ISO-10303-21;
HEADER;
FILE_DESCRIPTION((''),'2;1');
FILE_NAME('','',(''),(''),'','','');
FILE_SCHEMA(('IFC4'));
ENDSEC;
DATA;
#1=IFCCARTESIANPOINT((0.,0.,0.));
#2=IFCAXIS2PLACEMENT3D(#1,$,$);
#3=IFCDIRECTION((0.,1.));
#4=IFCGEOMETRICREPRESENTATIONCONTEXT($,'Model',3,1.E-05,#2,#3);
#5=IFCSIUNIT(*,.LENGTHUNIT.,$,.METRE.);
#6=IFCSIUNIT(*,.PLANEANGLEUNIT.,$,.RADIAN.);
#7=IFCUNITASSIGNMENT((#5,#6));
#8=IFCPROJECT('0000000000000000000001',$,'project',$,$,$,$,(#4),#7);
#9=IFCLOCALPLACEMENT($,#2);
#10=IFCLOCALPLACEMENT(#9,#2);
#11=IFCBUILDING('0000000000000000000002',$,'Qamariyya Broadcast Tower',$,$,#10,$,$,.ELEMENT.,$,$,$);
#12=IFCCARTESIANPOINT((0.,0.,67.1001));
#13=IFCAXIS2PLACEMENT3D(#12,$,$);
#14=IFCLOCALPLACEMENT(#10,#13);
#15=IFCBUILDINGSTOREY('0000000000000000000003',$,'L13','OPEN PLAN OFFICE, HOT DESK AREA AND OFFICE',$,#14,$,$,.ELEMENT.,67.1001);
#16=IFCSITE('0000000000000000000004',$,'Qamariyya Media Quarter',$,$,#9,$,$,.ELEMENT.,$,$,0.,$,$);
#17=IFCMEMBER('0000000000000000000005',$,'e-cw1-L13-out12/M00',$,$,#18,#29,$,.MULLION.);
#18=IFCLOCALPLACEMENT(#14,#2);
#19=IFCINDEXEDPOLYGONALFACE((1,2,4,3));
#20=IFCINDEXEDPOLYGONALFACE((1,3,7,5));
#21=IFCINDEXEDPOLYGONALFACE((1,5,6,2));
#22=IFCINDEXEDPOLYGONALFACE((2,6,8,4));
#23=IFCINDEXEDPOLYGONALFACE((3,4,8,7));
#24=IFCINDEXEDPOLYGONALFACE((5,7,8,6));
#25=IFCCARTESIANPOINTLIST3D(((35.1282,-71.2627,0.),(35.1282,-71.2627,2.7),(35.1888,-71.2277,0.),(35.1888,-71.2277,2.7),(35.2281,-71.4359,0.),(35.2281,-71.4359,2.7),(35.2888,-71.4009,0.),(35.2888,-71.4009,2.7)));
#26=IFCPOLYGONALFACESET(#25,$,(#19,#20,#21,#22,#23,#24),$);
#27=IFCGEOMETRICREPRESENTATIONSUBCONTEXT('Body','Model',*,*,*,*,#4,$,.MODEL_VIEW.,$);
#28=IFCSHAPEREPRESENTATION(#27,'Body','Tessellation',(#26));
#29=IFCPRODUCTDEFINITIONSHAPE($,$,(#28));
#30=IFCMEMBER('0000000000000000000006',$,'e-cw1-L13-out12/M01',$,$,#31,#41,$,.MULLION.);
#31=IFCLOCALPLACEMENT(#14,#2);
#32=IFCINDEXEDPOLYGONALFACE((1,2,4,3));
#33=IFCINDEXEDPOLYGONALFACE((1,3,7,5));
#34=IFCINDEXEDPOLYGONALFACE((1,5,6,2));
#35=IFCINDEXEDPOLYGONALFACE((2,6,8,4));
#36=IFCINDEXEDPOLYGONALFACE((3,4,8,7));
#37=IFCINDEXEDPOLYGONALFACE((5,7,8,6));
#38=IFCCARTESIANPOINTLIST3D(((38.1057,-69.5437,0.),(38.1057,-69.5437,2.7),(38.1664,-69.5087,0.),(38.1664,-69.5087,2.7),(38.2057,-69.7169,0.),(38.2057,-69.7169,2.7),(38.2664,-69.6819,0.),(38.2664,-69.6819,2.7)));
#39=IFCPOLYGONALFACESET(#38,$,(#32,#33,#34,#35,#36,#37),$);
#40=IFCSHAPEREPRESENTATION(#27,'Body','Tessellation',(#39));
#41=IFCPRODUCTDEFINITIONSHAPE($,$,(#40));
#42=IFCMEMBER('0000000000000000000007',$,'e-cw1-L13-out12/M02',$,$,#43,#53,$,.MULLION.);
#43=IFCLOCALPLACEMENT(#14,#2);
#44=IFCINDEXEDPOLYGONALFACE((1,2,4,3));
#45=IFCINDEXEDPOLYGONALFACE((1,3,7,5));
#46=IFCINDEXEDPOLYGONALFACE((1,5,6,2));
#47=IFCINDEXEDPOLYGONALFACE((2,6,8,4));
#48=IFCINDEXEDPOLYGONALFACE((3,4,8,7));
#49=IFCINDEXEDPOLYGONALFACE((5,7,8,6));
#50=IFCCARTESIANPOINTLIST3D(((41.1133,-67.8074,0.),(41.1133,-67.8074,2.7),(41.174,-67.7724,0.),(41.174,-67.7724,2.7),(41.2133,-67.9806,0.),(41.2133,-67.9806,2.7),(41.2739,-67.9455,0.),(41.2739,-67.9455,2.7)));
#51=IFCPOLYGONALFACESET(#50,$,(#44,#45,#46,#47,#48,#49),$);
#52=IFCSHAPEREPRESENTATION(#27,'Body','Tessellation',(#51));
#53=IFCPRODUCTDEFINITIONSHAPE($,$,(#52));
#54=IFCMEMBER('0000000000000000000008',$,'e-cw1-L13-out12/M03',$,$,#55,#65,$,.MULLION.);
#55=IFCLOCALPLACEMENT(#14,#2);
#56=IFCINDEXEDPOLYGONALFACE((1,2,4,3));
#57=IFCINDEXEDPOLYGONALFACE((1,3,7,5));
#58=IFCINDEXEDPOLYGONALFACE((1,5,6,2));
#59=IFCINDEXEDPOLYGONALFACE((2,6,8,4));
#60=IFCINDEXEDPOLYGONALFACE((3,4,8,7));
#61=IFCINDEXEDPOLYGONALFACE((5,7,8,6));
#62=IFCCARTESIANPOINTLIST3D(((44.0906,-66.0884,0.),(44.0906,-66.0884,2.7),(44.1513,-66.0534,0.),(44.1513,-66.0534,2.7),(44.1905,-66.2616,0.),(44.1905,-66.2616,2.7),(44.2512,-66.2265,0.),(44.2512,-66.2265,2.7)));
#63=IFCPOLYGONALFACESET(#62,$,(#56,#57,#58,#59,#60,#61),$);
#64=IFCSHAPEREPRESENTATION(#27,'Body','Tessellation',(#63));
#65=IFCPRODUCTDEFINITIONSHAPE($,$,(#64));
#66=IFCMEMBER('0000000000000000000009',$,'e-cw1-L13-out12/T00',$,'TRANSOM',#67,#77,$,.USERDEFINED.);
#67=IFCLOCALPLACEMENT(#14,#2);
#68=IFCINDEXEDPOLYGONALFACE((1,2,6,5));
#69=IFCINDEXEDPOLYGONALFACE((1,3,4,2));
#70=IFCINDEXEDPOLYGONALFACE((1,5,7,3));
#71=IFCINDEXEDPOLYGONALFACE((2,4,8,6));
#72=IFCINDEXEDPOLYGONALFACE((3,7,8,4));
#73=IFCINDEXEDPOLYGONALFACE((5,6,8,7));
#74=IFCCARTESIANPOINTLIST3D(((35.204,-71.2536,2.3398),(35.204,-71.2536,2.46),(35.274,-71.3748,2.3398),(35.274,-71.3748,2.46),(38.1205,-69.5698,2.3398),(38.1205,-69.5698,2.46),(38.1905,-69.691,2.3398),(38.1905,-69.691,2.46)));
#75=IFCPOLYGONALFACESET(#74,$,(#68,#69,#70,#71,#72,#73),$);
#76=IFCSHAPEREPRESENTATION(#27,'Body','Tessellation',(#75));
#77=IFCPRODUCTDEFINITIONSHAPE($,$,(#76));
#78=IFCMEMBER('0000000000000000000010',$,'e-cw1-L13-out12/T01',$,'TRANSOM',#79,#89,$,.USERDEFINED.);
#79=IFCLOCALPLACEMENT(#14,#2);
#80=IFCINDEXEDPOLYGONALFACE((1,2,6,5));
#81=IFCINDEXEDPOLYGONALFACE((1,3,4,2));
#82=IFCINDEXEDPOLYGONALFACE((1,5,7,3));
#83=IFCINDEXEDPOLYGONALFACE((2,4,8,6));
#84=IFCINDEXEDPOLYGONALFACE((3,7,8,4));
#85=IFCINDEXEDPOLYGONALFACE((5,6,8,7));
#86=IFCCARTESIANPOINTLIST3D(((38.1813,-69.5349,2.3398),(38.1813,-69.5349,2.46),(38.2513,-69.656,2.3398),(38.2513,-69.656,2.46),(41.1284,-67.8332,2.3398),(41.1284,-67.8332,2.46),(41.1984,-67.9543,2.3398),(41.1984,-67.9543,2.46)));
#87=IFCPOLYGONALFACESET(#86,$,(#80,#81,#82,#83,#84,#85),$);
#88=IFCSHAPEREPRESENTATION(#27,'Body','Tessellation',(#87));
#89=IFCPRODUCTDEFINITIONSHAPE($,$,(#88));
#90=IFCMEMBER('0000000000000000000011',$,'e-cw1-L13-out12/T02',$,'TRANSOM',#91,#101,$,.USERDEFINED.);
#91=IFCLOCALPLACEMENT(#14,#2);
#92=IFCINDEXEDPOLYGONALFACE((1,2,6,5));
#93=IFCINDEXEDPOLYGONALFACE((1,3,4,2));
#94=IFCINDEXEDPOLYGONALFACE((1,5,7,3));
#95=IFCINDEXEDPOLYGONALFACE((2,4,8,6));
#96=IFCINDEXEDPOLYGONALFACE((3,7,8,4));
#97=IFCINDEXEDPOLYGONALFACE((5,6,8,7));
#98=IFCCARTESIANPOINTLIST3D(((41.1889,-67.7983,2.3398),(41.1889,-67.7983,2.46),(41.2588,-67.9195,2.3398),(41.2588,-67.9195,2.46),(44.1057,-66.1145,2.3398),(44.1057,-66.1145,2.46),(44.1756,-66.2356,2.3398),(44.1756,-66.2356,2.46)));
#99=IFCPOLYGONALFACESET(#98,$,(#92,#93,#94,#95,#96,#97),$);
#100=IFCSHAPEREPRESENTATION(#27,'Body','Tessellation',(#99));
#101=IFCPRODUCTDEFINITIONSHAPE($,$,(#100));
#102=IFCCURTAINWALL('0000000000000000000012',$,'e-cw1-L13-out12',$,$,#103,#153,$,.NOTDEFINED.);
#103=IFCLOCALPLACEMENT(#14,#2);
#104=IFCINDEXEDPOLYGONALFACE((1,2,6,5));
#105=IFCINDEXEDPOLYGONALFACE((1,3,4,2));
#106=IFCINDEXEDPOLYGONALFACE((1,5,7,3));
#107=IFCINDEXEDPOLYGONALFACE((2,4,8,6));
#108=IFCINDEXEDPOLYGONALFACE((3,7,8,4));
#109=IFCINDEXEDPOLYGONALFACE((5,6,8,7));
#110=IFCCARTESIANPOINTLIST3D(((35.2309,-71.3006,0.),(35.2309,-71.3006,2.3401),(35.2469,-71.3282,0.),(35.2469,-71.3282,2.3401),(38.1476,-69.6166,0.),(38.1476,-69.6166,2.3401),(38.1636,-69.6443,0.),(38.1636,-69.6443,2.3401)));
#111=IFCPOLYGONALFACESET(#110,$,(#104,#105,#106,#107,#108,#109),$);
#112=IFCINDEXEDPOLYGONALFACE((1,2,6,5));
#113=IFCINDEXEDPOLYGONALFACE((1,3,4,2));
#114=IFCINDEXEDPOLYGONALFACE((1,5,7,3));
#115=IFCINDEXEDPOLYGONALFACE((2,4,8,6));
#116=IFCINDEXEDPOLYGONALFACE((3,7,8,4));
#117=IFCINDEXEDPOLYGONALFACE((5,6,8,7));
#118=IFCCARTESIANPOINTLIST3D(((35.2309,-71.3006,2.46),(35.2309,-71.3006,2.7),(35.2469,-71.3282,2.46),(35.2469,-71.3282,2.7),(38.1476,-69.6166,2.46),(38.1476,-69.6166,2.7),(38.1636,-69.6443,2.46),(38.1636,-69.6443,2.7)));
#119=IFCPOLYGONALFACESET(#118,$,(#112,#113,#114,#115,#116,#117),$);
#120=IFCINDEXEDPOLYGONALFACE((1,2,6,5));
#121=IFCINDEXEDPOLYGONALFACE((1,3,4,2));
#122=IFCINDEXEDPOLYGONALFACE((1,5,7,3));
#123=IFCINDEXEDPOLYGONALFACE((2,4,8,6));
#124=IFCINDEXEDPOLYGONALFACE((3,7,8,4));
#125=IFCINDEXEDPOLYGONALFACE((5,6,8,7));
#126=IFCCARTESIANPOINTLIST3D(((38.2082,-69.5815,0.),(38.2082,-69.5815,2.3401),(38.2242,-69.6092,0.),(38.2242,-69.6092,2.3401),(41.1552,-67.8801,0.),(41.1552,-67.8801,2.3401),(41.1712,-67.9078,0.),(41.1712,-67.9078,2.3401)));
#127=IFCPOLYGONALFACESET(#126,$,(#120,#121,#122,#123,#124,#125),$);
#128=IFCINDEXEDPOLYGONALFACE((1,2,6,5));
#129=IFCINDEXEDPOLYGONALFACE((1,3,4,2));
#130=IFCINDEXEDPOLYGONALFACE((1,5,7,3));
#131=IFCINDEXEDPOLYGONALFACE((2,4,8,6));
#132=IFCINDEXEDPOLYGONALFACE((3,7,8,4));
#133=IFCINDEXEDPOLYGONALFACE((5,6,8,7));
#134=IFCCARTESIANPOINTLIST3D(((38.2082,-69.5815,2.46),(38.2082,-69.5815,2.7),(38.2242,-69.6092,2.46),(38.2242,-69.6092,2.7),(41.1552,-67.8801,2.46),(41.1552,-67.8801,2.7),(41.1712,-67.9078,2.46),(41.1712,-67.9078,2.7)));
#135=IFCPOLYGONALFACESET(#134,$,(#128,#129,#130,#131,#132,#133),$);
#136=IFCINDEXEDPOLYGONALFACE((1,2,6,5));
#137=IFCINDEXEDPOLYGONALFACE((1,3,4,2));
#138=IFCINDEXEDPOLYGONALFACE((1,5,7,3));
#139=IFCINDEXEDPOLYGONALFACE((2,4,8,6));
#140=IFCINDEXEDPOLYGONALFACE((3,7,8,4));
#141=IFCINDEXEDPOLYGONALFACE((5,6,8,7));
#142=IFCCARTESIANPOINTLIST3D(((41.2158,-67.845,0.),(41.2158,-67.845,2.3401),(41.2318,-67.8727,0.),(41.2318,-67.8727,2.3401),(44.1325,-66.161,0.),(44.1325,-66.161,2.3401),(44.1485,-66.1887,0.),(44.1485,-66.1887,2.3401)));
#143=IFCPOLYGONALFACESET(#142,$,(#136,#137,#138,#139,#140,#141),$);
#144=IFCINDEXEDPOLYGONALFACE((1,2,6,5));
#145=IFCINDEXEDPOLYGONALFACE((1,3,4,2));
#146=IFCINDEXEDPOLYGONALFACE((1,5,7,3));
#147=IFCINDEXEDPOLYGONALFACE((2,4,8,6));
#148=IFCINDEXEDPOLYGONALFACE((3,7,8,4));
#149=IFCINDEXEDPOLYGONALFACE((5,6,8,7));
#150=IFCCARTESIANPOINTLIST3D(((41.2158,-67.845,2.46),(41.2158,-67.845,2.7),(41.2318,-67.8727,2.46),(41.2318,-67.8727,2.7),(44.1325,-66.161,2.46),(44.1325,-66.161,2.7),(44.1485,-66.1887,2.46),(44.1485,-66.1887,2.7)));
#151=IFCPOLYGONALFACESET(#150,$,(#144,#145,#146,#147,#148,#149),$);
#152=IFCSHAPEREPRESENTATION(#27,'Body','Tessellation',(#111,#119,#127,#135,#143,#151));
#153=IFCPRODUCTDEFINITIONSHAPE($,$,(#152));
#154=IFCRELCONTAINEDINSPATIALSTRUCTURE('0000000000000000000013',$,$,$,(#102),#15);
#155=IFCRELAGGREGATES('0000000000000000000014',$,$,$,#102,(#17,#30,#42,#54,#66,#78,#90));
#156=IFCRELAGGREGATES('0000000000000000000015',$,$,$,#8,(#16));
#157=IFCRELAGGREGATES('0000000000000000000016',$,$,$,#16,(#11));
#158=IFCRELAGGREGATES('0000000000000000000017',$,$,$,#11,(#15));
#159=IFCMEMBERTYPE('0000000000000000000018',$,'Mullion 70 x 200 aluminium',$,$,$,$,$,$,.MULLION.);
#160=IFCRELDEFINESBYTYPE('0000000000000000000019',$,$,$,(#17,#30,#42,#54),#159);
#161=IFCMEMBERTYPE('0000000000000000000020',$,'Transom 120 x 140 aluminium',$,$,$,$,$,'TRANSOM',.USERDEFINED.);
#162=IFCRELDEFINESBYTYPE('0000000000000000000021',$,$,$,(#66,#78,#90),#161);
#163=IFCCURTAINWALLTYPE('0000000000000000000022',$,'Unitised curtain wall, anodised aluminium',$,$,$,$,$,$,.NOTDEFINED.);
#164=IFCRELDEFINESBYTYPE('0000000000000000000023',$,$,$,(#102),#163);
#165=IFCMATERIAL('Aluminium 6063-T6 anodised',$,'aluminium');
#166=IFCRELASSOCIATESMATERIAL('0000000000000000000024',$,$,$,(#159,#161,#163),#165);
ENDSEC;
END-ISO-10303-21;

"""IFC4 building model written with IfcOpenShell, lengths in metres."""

from ifc_helpers import new_model, si_unit, direction, frame, origin, origin_2d, place, context, subcontext, project, spatial, rectangle, extrude, material, material_profile, profile_set, type_object, element, aggregate, save


model = new_model("IFC4")

# Units and contexts
model_context = context("Model", 3, precision=1e-05, world=origin(), true_north=direction((0.0, 1.0)))
body_context = subcontext(model_context, "Body", "Model", "MODEL_VIEW")
ifc_project = project(units=[si_unit("LENGTHUNIT", "METRE"), si_unit("PLANEANGLEUNIT", "RADIAN")], contexts=[model_context])

# Members
ifc_material = material(Name="Aluminium 6063-T6 anodised", Category="aluminium")
ifc_material_profile_1 = material_profile(ifc_material, rectangle(XDim=0.2, YDim=0.0701, at=origin_2d()))
ifc_profile_set_1 = profile_set([ifc_material_profile_1], Name="Aluminium 6063-T6 anodised")
member_type_1 = type_object("IfcMemberType", Name="Mullion 70 x 200 aluminium", PredefinedType="MULLION", material=ifc_profile_set_1)
site_placement = place(None, origin())
building_placement = place(site_placement, origin())
storey_placement = place(building_placement, frame((0.0, 0.0, 67.1001)))
member_1_placement = place(storey_placement, frame((35.2085, -71.3318, 0.0), z_axis=(0.0, 0.0, 1.0), x_axis=(-0.5, 0.866025, 0.0)))
member_1 = element("IfcMember", 1, at=member_1_placement, type_object=member_type_1, Name="e-cw1-L13-out12/M00", PredefinedType="MULLION", context=body_context, shape_type="SweptSolid", body=[
    extrude(rectangle(XDim=0.2, YDim=0.0701, at=origin_2d()), origin(), (0.0, 0.0, 1.0), 2.7),
])
member_2_placement = place(storey_placement, frame((38.186, -69.6128, 0.0), z_axis=(0.0, 0.0, 1.0), x_axis=(-0.5, 0.866025, 0.0)))
member_2 = element("IfcMember", 2, at=member_2_placement, type_object=member_type_1, Name="e-cw1-L13-out12/M01", PredefinedType="MULLION", context=body_context, shape_type="SweptSolid", body=[
    extrude(rectangle(XDim=0.2, YDim=0.0701, at=origin_2d()), origin(), (0.0, 0.0, 1.0), 2.7),
])
member_3_placement = place(storey_placement, frame((41.1936, -67.8765, 0.0), z_axis=(0.0, 0.0, 1.0), x_axis=(-0.5, 0.866025, 0.0)))
member_3 = element("IfcMember", 3, at=member_3_placement, type_object=member_type_1, Name="e-cw1-L13-out12/M02", PredefinedType="MULLION", context=body_context, shape_type="SweptSolid", body=[
    extrude(rectangle(XDim=0.2, YDim=0.0701, at=origin_2d()), origin(), (0.0, 0.0, 1.0), 2.7),
])
member_4_placement = place(storey_placement, frame((44.1709, -66.1575, 0.0), z_axis=(0.0, 0.0, 1.0), x_axis=(-0.5, 0.866025, 0.0)))
member_4 = element("IfcMember", 4, at=member_4_placement, type_object=member_type_1, Name="e-cw1-L13-out12/M03", PredefinedType="MULLION", context=body_context, shape_type="SweptSolid", body=[
    extrude(rectangle(XDim=0.2, YDim=0.0701, at=origin_2d()), origin(), (0.0, 0.0, 1.0), 2.7),
])
ifc_material_profile_2 = material_profile(ifc_material, rectangle(XDim=0.1399, YDim=0.1201, at=origin_2d()))
ifc_profile_set_2 = profile_set([ifc_material_profile_2], Name="Aluminium 6063-T6 anodised")
member_type_2 = type_object("IfcMemberType", Name="Transom 120 x 140 aluminium", ElementType="TRANSOM", PredefinedType="USERDEFINED", material=ifc_profile_set_2)
member_5_placement = place(storey_placement, frame((35.239, -71.3142, 2.3999), z_axis=(0.866026, 0.499999, 0.0), x_axis=(-0.499999, 0.866026, 0.0)))
member_5 = element("IfcMember", 5, at=member_5_placement, type_object=member_type_2, Name="e-cw1-L13-out12/T00", ObjectType="TRANSOM", PredefinedType="USERDEFINED", context=body_context, shape_type="SweptSolid", body=[
    extrude(rectangle(XDim=0.1399, YDim=0.1201, at=origin_2d()), origin(), (0.0, 0.0, 1.0), 3.3677),
])
member_6_placement = place(storey_placement, frame((38.2163, -69.5955, 2.3999), z_axis=(0.866, 0.500043, 0.0), x_axis=(-0.500043, 0.866, 0.0)))
member_6 = element("IfcMember", 6, at=member_6_placement, type_object=member_type_2, Name="e-cw1-L13-out12/T01", ObjectType="TRANSOM", PredefinedType="USERDEFINED", context=body_context, shape_type="SweptSolid", body=[
    extrude(rectangle(XDim=0.1399, YDim=0.1201, at=origin_2d()), origin(), (0.0, 0.0, 1.0), 3.4031),
])
member_7_placement = place(storey_placement, frame((41.2239, -67.8589, 2.3999), z_axis=(0.866044, 0.499967, 0.0), x_axis=(-0.499967, 0.866044, 0.0)))
member_7 = element("IfcMember", 7, at=member_7_placement, type_object=member_type_2, Name="e-cw1-L13-out12/T02", ObjectType="TRANSOM", PredefinedType="USERDEFINED", context=body_context, shape_type="SweptSolid", body=[
    extrude(rectangle(XDim=0.1399, YDim=0.1201, at=origin_2d()), origin(), (0.0, 0.0, 1.0), 3.3679),
])

# Site, building, storey
site = spatial("IfcSite", under=ifc_project, at=site_placement, Name="Qamariyya Media Quarter", CompositionType="ELEMENT", RefElevation=0.0)
building = spatial("IfcBuilding", under=site, at=building_placement, Name="Qamariyya Broadcast Tower", CompositionType="ELEMENT")
storey = spatial("IfcBuildingStorey", under=building, at=storey_placement, Name="L13", Description="OPEN PLAN OFFICE, HOT DESK AREA AND OFFICE", CompositionType="ELEMENT", Elevation=67.1001)

# Curtain wall
curtain_wall_type = type_object("IfcCurtainWallType", Name="Unitised curtain wall, anodised aluminium", PredefinedType="NOTDEFINED", material=ifc_material)
curtain_wall_1_placement = place(storey_placement, origin())
curtain_wall_1 = element("IfcCurtainWall", 8, at=curtain_wall_1_placement, inside=storey, type_object=curtain_wall_type, Name="e-cw1-L13-out12", PredefinedType="NOTDEFINED", context=body_context, shape_type="SweptSolid", body=[
    extrude(rectangle(XDim=3.3679, YDim=0.032, at=origin_2d()), frame((36.6973, -70.4724, 0.0), x_axis=(0.866022, 0.500005, 0.0)), (0.0, 0.0, 1.0), 2.3401),
    extrude(rectangle(XDim=3.3679, YDim=0.032, at=origin_2d()), frame((36.6973, -70.4724, 2.46), x_axis=(0.866022, 0.500005, 0.0)), (0.0, 0.0, 1.0), 0.24),
    extrude(rectangle(XDim=3.4028, YDim=0.032, at=origin_2d()), frame((39.6897, -68.7446, 0.0), x_axis=(0.866022, 0.500005, 0.0)), (0.0, 0.0, 1.0), 2.3401),
    extrude(rectangle(XDim=3.4028, YDim=0.032, at=origin_2d()), frame((39.6897, -68.7446, 2.46), x_axis=(0.866022, 0.500005, 0.0)), (0.0, 0.0, 1.0), 0.24),
    extrude(rectangle(XDim=3.3679, YDim=0.032, at=origin_2d()), frame((42.6821, -67.0168, 0.0), x_axis=(0.866022, 0.500005, 0.0)), (0.0, 0.0, 1.0), 2.3401),
    extrude(rectangle(XDim=3.3679, YDim=0.032, at=origin_2d()), frame((42.6821, -67.0168, 2.46), x_axis=(0.866022, 0.500005, 0.0)), (0.0, 0.0, 1.0), 0.24),
])
aggregate(curtain_wall_1, [member_1, member_2, member_3, member_4, member_5, member_6, member_7])

save(model, "model.ifc")
